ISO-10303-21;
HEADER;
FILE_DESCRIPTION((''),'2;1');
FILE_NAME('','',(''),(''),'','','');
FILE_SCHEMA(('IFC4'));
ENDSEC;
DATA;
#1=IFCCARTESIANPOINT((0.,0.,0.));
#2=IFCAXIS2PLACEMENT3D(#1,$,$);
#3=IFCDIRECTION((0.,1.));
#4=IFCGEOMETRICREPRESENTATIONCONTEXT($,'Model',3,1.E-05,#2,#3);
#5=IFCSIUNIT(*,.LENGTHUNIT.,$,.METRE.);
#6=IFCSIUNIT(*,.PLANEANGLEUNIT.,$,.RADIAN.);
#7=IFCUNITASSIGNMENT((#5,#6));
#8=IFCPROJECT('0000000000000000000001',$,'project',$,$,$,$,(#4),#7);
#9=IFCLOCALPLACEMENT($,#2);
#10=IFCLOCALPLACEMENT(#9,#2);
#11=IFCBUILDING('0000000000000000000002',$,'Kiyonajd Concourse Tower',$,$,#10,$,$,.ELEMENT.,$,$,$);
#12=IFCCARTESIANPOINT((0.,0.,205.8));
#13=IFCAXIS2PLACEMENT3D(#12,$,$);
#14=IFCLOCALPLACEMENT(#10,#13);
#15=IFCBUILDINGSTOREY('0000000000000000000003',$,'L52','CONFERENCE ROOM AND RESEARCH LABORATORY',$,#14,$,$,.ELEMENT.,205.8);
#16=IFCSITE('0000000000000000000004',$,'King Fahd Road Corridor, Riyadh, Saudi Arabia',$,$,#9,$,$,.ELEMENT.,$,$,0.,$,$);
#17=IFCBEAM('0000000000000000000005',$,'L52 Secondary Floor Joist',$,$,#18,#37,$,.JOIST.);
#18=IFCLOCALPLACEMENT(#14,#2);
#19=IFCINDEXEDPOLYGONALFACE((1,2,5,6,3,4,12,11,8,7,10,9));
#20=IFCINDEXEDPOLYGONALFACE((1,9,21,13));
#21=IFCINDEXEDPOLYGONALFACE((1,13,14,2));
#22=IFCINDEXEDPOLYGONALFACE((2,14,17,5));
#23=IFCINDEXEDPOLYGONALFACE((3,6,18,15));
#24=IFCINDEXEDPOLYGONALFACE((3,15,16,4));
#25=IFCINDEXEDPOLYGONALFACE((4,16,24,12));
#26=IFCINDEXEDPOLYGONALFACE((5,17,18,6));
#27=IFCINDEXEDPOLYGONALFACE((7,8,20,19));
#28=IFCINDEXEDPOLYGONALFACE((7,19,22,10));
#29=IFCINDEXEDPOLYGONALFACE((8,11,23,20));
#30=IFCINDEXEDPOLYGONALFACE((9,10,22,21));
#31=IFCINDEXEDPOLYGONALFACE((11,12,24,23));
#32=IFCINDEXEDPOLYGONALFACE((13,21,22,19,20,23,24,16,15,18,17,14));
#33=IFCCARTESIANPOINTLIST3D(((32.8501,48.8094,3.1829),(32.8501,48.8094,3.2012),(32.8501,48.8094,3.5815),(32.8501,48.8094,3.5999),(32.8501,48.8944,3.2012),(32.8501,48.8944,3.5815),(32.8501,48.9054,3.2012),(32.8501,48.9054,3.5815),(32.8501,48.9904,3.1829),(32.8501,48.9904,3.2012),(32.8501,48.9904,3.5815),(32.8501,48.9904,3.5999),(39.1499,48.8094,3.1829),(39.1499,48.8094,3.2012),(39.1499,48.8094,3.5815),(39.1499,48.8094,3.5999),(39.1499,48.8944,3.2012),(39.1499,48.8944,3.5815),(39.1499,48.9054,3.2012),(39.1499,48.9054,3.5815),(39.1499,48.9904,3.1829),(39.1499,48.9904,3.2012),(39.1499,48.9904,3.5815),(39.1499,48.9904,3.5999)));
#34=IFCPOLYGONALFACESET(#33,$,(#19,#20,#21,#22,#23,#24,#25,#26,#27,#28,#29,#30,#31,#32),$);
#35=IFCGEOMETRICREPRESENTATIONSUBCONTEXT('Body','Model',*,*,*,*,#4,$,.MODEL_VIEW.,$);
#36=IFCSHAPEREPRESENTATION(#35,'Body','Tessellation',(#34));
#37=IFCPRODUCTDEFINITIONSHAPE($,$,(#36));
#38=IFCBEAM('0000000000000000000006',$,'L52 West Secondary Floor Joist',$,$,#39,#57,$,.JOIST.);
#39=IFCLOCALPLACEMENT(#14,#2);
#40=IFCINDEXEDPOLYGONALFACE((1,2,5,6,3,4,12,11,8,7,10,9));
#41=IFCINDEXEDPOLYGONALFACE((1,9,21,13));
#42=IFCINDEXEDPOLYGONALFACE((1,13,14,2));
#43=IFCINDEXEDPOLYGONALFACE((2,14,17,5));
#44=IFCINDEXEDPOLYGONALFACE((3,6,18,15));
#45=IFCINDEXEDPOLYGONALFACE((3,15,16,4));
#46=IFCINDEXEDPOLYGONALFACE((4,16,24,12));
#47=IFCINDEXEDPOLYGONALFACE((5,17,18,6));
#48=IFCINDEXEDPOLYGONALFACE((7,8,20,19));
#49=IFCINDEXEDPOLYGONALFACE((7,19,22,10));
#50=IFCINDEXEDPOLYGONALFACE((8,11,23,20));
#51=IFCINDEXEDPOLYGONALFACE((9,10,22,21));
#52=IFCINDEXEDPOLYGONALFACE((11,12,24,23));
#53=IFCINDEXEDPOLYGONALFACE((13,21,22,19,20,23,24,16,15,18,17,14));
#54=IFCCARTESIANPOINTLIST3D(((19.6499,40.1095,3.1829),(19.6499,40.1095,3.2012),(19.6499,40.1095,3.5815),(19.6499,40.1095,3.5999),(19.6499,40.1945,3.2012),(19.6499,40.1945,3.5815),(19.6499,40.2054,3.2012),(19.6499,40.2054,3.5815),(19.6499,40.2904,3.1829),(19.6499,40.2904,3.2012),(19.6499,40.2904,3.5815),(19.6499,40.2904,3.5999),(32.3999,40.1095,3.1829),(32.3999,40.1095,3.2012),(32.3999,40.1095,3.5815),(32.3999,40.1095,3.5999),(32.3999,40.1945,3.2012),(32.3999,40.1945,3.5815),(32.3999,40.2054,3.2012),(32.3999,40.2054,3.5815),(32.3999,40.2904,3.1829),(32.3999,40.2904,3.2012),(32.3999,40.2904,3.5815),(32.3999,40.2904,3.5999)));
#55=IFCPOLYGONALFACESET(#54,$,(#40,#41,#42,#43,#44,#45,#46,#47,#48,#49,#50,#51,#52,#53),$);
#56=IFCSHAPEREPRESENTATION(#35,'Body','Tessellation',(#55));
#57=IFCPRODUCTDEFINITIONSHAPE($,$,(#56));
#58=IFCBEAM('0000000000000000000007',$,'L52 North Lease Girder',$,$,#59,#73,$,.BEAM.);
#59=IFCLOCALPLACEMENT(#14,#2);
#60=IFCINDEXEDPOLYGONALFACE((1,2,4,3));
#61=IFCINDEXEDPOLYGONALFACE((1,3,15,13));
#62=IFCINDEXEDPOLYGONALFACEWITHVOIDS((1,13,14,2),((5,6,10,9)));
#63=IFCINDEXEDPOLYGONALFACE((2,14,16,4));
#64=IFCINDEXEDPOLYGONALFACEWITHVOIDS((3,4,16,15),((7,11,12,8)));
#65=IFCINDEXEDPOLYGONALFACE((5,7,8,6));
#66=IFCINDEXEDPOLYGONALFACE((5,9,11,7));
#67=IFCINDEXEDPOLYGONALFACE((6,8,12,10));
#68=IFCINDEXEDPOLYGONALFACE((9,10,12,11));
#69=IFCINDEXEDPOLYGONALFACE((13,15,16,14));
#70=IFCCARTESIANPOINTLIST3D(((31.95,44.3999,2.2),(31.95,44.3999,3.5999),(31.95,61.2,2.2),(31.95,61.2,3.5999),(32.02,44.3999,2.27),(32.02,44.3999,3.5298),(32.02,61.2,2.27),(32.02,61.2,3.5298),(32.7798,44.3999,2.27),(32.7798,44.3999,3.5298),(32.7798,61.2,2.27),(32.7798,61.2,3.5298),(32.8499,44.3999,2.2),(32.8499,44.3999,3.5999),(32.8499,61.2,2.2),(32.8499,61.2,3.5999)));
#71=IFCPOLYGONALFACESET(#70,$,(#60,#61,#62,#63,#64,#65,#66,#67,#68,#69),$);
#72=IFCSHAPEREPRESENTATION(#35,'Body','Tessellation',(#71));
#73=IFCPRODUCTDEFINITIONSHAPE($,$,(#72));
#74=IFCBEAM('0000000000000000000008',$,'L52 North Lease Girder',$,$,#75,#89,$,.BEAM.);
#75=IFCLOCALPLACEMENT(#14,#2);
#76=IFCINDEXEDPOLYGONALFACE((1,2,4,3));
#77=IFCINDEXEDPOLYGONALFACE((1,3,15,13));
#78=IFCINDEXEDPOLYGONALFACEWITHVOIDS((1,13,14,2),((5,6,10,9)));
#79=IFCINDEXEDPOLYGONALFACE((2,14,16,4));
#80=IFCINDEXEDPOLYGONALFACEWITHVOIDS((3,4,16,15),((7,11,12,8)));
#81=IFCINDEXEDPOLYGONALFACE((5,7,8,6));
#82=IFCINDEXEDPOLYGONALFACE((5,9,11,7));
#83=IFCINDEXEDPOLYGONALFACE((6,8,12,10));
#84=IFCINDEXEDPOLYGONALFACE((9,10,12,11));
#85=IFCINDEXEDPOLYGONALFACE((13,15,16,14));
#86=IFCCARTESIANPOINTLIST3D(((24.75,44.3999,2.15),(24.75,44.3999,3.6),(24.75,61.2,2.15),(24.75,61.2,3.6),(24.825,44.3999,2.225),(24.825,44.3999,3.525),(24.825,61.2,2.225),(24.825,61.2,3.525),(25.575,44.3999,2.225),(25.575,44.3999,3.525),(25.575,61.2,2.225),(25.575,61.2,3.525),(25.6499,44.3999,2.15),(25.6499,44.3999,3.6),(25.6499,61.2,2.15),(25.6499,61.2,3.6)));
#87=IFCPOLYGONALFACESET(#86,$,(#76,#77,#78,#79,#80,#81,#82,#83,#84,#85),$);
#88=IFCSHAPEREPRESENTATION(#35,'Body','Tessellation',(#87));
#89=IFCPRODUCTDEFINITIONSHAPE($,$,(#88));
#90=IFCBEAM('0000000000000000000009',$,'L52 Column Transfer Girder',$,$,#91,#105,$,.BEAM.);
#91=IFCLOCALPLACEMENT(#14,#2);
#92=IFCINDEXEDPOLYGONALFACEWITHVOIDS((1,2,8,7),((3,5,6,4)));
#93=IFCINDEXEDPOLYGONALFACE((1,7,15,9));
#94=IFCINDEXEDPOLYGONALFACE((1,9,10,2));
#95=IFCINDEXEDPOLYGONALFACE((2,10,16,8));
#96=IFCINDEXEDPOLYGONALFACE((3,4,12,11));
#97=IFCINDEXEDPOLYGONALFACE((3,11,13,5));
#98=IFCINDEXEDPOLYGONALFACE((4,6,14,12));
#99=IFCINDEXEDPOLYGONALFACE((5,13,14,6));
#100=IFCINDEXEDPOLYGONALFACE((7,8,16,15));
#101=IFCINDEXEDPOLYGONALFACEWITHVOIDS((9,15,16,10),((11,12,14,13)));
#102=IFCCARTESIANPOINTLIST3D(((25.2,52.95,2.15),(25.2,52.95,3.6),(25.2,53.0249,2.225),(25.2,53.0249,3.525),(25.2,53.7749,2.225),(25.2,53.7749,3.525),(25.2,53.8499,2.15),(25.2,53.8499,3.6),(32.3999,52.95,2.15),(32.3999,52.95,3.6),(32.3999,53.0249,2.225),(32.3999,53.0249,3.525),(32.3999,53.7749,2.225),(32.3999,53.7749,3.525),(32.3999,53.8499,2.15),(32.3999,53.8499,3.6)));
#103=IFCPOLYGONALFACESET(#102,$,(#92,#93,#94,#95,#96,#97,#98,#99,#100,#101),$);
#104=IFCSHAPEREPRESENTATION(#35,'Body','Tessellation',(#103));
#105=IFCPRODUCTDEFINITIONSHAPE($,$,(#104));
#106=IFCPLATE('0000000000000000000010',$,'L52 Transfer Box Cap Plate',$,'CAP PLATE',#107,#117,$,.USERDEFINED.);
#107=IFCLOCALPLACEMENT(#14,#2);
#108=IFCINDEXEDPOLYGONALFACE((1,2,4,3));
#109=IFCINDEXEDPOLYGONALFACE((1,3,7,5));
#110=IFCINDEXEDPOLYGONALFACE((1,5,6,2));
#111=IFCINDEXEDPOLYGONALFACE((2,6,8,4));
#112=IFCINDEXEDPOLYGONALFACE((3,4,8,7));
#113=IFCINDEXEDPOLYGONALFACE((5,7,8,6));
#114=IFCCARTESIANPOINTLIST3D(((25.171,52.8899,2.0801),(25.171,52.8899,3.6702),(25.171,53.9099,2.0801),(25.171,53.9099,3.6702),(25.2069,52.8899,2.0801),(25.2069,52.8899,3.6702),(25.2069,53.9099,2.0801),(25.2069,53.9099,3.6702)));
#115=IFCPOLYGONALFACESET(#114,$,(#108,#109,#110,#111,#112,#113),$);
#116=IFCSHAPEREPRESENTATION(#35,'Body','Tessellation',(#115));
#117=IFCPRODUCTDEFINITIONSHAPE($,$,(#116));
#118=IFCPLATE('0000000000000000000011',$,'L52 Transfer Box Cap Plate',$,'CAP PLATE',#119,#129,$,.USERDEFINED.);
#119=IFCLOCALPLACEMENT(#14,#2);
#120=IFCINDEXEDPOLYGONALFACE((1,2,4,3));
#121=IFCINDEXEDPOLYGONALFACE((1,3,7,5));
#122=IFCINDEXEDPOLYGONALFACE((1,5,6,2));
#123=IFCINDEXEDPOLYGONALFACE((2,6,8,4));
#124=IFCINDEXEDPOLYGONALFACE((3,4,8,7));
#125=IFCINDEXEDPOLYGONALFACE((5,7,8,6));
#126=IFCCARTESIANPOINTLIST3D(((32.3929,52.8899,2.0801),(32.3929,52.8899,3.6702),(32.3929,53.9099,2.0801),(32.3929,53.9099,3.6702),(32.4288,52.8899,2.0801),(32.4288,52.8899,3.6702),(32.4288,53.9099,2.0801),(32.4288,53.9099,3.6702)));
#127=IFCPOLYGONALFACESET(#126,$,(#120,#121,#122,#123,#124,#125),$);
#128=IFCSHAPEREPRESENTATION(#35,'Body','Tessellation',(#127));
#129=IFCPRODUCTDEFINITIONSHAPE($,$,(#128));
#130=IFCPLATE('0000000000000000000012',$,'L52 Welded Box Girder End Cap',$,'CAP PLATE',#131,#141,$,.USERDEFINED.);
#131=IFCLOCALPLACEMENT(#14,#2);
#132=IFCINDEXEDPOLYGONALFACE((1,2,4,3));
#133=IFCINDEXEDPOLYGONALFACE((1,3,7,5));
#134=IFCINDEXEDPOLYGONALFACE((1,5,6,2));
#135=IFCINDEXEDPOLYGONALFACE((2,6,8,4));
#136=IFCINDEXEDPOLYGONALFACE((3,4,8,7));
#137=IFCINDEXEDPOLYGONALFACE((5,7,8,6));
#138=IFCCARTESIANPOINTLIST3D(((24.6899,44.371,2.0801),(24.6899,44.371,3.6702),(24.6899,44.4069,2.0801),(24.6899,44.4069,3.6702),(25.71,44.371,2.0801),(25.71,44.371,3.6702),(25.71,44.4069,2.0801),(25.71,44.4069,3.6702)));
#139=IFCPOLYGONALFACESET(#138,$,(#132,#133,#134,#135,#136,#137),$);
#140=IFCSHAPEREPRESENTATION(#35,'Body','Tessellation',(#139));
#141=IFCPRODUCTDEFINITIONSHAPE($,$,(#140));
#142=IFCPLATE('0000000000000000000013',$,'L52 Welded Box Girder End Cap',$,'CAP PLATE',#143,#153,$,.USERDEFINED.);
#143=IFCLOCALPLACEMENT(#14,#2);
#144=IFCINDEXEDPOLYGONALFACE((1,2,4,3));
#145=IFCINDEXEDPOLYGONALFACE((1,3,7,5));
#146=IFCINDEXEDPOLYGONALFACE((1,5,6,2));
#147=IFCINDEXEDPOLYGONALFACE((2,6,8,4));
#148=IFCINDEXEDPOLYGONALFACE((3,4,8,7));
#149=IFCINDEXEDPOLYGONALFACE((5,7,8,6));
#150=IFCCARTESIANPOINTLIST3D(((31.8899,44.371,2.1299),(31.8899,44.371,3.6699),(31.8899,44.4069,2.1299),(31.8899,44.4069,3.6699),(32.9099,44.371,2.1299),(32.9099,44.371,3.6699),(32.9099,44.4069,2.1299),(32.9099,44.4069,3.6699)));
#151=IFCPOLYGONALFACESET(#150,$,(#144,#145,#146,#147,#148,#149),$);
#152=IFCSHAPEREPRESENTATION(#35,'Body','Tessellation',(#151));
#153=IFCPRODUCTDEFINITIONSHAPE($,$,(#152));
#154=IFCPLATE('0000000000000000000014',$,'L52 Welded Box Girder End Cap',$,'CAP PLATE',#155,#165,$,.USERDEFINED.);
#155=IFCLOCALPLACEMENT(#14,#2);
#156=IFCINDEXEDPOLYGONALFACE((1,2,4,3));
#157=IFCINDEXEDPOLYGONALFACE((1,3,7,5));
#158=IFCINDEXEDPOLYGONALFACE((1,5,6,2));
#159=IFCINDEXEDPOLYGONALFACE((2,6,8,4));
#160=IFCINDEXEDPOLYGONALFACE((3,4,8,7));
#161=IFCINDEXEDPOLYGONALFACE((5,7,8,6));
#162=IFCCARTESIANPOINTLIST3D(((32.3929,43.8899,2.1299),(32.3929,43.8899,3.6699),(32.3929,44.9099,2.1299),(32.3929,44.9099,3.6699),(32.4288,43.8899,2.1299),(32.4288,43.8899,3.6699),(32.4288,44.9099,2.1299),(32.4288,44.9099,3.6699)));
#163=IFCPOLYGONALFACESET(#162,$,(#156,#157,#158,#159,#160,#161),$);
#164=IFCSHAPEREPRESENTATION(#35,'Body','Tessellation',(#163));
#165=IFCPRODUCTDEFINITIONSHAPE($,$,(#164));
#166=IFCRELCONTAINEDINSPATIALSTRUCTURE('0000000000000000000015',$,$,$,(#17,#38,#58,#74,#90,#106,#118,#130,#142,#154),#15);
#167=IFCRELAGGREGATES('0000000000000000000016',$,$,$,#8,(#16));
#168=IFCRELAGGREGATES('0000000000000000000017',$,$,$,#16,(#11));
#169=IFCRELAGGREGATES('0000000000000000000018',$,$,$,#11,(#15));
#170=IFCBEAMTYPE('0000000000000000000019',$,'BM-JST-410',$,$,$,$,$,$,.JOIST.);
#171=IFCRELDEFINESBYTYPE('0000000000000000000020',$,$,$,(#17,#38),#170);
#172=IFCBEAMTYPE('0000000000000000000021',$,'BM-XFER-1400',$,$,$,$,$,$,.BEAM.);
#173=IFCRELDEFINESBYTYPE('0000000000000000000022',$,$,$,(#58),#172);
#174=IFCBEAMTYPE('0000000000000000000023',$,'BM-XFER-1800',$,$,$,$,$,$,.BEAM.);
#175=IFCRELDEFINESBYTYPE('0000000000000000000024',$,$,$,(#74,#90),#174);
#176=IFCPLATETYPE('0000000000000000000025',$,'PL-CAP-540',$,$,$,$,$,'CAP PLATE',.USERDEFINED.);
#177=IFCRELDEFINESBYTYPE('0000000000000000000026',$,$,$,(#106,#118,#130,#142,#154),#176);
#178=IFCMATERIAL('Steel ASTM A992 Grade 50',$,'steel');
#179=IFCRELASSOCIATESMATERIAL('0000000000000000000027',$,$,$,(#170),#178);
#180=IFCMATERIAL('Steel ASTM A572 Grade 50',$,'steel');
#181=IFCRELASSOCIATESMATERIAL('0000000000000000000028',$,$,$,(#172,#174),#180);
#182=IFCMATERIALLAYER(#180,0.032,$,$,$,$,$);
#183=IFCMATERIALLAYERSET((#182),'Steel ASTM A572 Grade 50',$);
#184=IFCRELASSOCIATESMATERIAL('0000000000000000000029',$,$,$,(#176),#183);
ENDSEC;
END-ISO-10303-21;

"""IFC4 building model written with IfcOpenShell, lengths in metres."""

from ifc_helpers import new_model, si_unit, direction, frame, origin, origin_2d, place, context, subcontext, project, spatial, rectangle, hollow_rectangle, i_section, extrude, material, layer, layer_set, material_profile, profile_set, type_object, element, save


model = new_model("IFC4")

# Units and contexts
model_context = context("Model", 3, precision=1e-05, world=origin(), true_north=direction((0.0, 1.0)))
body_context = subcontext(model_context, "Body", "Model", "MODEL_VIEW")
ifc_project = project(units=[si_unit("LENGTHUNIT", "METRE"), si_unit("PLANEANGLEUNIT", "RADIAN")], contexts=[model_context])

# Site, building, storey
site_placement = place(None, origin())
site = spatial("IfcSite", under=ifc_project, at=site_placement, Name="King Fahd Road Corridor, Riyadh, Saudi Arabia", CompositionType="ELEMENT", RefElevation=0.0)
building_placement = place(site_placement, origin())
building = spatial("IfcBuilding", under=site, at=building_placement, Name="Kiyonajd Concourse Tower", CompositionType="ELEMENT")
storey_placement = place(building_placement, frame((0.0, 0.0, 205.8)))
storey = spatial("IfcBuildingStorey", under=building, at=storey_placement, Name="L52", Description="CONFERENCE ROOM AND RESEARCH LABORATORY", CompositionType="ELEMENT", Elevation=205.8)

# Beams
ifc_material_1 = material(Name="Steel ASTM A992 Grade 50", Category="steel")
ifc_material_profile_1 = material_profile(ifc_material_1, i_section(OverallWidth=0.1809, OverallDepth=0.417, WebThickness=0.011, FlangeThickness=0.0183, at=origin_2d()), Name="W410X85")
ifc_profile_set_1 = profile_set([ifc_material_profile_1], Name="Steel ASTM A992 Grade 50")
beam_type_1 = type_object("IfcBeamType", Name="BM-JST-410", PredefinedType="JOIST", material=ifc_profile_set_1)
beam_1_placement = place(storey_placement, frame((32.8501, 48.8999, 3.3914), z_axis=(1.0, 0.0, 0.0), x_axis=(0.0, 1.0, 0.0)))
element("IfcBeam", 1, at=beam_1_placement, inside=storey, type_object=beam_type_1, Name="L52 Secondary Floor Joist", PredefinedType="JOIST", context=body_context, shape_type="SweptSolid", body=[
    extrude(i_section(OverallWidth=0.1809, OverallDepth=0.417, WebThickness=0.011, FlangeThickness=0.0183, at=origin_2d()), origin(), (0.0, 0.0, 1.0), 6.2998),
])
beam_2_placement = place(storey_placement, frame((19.6499, 40.2, 3.3914), z_axis=(1.0, 0.0, 0.0), x_axis=(0.0, 1.0, 0.0)))
element("IfcBeam", 2, at=beam_2_placement, inside=storey, type_object=beam_type_1, Name="L52 West Secondary Floor Joist", PredefinedType="JOIST", context=body_context, shape_type="SweptSolid", body=[
    extrude(i_section(OverallWidth=0.1809, OverallDepth=0.417, WebThickness=0.011, FlangeThickness=0.0183, at=origin_2d()), origin(), (0.0, 0.0, 1.0), 12.75),
])
ifc_material_2 = material(Name="Steel ASTM A572 Grade 50", Category="steel")
ifc_material_profile_2 = material_profile(ifc_material_2, hollow_rectangle(XDim=0.8999, YDim=1.3999, WallThickness=0.0701, at=origin_2d()), Name="BOX-1400x900x70")
ifc_profile_set_2 = profile_set([ifc_material_profile_2], Name="Steel ASTM A572 Grade 50")
beam_type_2 = type_object("IfcBeamType", Name="BM-XFER-1400", PredefinedType="BEAM", material=ifc_profile_set_2)
beam_3_placement = place(storey_placement, frame((32.3999, 44.3999, 2.8999), z_axis=(0.0, 1.0, 0.0), x_axis=(-1.0, 0.0, 0.0)))
element("IfcBeam", 3, at=beam_3_placement, inside=storey, type_object=beam_type_2, Name="L52 North Lease Girder", PredefinedType="BEAM", context=body_context, shape_type="SweptSolid", body=[
    extrude(hollow_rectangle(XDim=0.8999, YDim=1.3999, WallThickness=0.0701, at=origin_2d()), origin(), (0.0, 0.0, 1.0), 16.8),
])
ifc_material_profile_3 = material_profile(ifc_material_2, hollow_rectangle(XDim=0.8999, YDim=1.45, WallThickness=0.075, at=origin_2d()), Name="BOX-1450x900x75")
ifc_profile_set_3 = profile_set([ifc_material_profile_3], Name="Steel ASTM A572 Grade 50")
beam_type_3 = type_object("IfcBeamType", Name="BM-XFER-1800", PredefinedType="BEAM", material=ifc_profile_set_3)
beam_4_placement = place(storey_placement, frame((25.2, 44.3999, 2.875), z_axis=(0.0, 1.0, 0.0), x_axis=(-1.0, 0.0, 0.0)))
element("IfcBeam", 4, at=beam_4_placement, inside=storey, type_object=beam_type_3, Name="L52 North Lease Girder", PredefinedType="BEAM", context=body_context, shape_type="SweptSolid", body=[
    extrude(hollow_rectangle(XDim=0.8999, YDim=1.45, WallThickness=0.075, at=origin_2d()), origin(), (0.0, 0.0, 1.0), 16.8),
])
beam_5_placement = place(storey_placement, frame((25.2, 53.3999, 2.875), z_axis=(1.0, 0.0, 0.0), x_axis=(0.0, 1.0, 0.0)))
element("IfcBeam", 5, at=beam_5_placement, inside=storey, type_object=beam_type_3, Name="L52 Column Transfer Girder", PredefinedType="BEAM", context=body_context, shape_type="SweptSolid", body=[
    extrude(hollow_rectangle(XDim=0.8999, YDim=1.45, WallThickness=0.075, at=origin_2d()), origin(), (0.0, 0.0, 1.0), 7.2),
])

# Plates
ifc_layer_1 = layer(ifc_material_2, 0.032)
ifc_layer_set_1 = layer_set([ifc_layer_1], Name="Steel ASTM A572 Grade 50")
plate_type = type_object("IfcPlateType", Name="PL-CAP-540", ElementType="CAP PLATE", PredefinedType="USERDEFINED", material=ifc_layer_set_1)
for number, where, z_axis, x_axis, name in (
    (6, (25.189, 53.3999, 2.0801), (0.0, 0.0, 1.0), (-1.0, 0.0, 0.0), "L52 Transfer Box Cap Plate"),
    (7, (32.4109, 53.3999, 2.0801), (0.0, 0.0, 1.0), (1.0, 0.0, 0.0), "L52 Transfer Box Cap Plate"),
    (8, (25.2, 44.3889, 2.0801), (0.0, 0.0, 1.0), (0.0, -1.0, 0.0), "L52 Welded Box Girder End Cap"),
):
    element("IfcPlate", number, at=place(storey_placement, frame(where, z_axis=z_axis, x_axis=x_axis)), inside=storey, type_object=plate_type, Name=name, ObjectType="CAP PLATE", PredefinedType="USERDEFINED", context=body_context, shape_type="SweptSolid", body=[
        extrude(rectangle(XDim=0.0359, YDim=1.02, at=origin_2d()), origin(), (0.0, 0.0, 1.0), 1.5901),
    ])
for number, where, z_axis, x_axis, name in (
    (9, (32.3999, 44.3889, 2.1299), (0.0, 0.0, 1.0), (0.0, -1.0, 0.0), "L52 Welded Box Girder End Cap"),
    (10, (32.4109, 44.3999, 2.1299), (0.0, 0.0, 1.0), (1.0, 0.0, 0.0), "L52 Welded Box Girder End Cap"),
):
    element("IfcPlate", number, at=place(storey_placement, frame(where, z_axis=z_axis, x_axis=x_axis)), inside=storey, type_object=plate_type, Name=name, ObjectType="CAP PLATE", PredefinedType="USERDEFINED", context=body_context, shape_type="SweptSolid", body=[
        extrude(rectangle(XDim=0.0359, YDim=1.02, at=origin_2d()), origin(), (0.0, 0.0, 1.0), 1.54),
    ])

save(model, "model.ifc")
